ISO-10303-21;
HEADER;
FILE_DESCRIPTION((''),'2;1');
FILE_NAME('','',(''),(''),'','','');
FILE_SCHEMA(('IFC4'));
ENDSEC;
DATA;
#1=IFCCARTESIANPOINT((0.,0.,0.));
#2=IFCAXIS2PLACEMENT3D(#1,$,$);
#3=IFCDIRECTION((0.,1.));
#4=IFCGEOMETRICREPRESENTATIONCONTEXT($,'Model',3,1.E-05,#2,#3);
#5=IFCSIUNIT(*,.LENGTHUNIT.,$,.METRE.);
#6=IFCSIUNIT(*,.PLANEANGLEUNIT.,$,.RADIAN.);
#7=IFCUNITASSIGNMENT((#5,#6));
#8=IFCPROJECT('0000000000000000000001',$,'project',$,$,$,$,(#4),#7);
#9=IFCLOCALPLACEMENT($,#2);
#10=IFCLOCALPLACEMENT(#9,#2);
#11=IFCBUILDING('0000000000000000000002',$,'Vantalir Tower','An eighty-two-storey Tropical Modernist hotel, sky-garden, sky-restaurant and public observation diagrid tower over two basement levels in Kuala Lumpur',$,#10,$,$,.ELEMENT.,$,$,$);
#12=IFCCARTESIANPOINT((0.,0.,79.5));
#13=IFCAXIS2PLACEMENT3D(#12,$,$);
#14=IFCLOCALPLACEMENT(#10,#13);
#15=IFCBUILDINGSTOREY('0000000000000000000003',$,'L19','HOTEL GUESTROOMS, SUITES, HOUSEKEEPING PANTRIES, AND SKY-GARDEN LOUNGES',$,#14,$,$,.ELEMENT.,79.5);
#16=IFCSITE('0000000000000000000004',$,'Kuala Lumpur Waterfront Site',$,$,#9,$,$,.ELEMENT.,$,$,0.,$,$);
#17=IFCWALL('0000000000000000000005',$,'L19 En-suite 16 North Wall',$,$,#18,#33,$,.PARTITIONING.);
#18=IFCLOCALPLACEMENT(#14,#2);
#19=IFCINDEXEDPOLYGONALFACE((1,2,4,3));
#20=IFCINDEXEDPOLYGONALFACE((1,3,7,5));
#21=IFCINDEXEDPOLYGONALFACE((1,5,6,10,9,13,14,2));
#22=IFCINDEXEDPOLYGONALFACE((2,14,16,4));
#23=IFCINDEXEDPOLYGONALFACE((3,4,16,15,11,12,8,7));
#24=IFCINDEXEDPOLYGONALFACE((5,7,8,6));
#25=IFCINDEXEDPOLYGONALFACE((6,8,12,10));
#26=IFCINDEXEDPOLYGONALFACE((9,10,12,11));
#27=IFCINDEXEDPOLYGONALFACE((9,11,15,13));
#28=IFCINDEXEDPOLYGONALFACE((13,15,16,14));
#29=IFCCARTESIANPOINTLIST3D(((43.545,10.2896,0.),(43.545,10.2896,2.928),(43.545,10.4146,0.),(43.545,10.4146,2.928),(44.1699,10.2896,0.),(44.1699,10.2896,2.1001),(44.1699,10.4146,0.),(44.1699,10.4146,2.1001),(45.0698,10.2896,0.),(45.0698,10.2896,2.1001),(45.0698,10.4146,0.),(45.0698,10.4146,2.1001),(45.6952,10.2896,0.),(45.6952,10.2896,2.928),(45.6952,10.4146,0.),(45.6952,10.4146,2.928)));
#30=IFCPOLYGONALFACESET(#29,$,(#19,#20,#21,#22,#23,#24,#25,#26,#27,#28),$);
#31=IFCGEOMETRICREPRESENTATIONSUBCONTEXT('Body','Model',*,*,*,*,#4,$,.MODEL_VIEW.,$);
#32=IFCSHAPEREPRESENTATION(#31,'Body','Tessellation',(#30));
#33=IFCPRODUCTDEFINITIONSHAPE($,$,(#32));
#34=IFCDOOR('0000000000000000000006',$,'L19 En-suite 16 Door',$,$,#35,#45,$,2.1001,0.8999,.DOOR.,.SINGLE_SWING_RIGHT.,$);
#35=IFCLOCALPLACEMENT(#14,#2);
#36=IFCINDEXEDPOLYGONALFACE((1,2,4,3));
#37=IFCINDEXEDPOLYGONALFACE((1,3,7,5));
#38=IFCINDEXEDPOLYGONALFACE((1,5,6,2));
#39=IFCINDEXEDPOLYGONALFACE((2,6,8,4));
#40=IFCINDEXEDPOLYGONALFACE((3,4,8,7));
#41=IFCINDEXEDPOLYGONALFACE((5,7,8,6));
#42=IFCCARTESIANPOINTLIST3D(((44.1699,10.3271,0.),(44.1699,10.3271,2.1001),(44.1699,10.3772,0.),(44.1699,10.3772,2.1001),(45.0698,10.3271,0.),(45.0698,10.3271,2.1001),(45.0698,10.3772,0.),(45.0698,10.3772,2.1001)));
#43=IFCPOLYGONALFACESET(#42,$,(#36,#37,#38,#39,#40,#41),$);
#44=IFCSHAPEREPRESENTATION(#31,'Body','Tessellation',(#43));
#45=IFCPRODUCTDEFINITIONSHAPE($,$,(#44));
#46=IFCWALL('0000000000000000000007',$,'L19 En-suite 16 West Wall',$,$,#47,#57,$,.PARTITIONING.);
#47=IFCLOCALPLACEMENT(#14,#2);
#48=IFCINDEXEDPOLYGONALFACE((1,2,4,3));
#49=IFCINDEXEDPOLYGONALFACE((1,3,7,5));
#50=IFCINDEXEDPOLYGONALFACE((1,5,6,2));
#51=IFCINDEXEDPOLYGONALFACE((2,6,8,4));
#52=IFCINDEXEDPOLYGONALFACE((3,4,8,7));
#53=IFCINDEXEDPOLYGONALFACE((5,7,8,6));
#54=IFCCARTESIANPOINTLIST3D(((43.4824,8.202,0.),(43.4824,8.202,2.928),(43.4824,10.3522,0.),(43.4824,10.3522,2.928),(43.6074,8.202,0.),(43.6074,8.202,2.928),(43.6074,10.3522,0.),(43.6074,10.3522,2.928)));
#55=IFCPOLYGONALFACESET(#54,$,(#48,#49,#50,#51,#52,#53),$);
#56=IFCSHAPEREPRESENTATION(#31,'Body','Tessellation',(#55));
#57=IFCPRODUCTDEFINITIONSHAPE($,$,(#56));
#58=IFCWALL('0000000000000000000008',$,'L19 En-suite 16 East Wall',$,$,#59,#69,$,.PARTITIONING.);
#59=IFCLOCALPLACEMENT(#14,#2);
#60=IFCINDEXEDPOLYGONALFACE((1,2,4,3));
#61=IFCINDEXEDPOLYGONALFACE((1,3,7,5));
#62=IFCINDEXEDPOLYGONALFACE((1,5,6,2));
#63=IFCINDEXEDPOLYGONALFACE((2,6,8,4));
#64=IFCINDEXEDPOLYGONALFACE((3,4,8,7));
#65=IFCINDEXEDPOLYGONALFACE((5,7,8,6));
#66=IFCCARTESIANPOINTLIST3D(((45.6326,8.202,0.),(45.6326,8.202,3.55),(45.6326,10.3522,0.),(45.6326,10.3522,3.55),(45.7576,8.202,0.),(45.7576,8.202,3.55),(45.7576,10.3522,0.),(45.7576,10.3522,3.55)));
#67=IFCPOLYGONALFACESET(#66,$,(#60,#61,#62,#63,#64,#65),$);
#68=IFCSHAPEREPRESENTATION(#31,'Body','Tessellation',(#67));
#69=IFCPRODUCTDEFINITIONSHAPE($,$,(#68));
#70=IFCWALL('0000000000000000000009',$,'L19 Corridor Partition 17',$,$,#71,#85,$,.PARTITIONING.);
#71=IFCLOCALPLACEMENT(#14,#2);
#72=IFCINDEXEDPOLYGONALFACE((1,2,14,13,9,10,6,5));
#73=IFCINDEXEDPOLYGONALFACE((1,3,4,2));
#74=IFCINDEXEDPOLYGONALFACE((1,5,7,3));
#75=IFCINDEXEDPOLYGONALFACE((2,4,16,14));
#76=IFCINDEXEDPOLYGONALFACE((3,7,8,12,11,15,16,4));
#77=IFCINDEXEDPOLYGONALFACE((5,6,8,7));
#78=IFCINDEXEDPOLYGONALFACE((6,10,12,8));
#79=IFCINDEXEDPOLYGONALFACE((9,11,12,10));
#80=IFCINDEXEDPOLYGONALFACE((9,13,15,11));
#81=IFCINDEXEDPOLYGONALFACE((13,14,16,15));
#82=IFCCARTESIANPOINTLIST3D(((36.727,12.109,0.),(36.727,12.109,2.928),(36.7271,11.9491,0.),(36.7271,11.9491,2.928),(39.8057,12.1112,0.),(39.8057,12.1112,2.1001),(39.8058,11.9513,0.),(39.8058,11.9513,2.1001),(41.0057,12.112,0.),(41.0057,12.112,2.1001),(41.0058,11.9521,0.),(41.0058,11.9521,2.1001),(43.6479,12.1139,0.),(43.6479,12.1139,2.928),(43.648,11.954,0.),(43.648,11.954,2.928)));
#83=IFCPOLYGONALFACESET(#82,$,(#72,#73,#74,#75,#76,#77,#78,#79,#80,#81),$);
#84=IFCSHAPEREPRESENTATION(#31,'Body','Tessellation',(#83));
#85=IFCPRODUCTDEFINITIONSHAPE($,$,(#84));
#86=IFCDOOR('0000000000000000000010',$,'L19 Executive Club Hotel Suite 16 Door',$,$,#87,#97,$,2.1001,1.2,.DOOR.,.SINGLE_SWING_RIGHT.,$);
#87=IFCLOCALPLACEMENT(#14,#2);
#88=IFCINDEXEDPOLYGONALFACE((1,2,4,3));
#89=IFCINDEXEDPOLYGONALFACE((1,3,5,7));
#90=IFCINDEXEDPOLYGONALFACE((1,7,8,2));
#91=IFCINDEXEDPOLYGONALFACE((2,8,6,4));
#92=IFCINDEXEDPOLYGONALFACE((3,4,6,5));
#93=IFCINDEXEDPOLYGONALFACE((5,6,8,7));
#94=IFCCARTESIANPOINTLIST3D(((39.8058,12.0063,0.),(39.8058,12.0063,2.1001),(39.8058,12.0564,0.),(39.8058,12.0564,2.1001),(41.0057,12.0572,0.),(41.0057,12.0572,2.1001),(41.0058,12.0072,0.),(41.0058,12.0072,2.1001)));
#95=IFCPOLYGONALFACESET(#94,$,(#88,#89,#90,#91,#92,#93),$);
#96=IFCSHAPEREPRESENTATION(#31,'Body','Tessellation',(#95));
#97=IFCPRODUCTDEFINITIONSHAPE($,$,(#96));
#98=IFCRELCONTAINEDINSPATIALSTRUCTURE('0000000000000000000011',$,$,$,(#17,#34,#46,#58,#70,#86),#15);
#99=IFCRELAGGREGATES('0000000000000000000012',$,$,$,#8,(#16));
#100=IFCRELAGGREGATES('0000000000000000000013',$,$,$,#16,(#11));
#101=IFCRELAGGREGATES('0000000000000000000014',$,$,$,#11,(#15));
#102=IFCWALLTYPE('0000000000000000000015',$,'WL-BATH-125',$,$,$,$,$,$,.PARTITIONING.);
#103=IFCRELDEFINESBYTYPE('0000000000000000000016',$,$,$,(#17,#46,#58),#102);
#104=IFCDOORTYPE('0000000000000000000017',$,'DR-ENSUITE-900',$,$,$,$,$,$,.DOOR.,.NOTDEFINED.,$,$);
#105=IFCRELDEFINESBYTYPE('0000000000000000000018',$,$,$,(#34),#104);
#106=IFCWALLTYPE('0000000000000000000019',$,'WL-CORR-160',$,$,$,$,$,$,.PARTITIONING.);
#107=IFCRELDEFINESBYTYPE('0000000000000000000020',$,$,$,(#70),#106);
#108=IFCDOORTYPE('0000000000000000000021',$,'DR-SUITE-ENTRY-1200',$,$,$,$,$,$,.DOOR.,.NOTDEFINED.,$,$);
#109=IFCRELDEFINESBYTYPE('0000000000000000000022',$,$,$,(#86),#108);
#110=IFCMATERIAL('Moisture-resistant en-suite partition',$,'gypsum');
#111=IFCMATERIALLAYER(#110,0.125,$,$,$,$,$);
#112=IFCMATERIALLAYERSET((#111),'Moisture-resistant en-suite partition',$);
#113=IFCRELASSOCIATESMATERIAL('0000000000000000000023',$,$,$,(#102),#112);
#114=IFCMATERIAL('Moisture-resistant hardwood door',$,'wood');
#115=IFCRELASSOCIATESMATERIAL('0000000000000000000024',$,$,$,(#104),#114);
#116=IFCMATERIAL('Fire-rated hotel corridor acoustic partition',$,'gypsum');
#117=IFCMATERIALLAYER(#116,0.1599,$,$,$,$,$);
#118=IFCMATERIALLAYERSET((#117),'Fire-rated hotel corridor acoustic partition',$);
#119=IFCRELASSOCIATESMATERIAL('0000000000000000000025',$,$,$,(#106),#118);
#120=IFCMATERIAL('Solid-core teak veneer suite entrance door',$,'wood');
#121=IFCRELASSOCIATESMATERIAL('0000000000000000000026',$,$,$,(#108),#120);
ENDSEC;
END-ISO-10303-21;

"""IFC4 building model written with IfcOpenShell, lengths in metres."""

from ifc_helpers import new_model, si_unit, direction, frame, frame_2d, origin, place, context, subcontext, project, spatial, rectangle, extrude, material, layer, layer_set, type_object, element, fill, save


model = new_model("IFC4")

# Units and contexts
model_context = context("Model", 3, precision=1e-05, world=origin(), true_north=direction((0.0, 1.0)))
body_context = subcontext(model_context, "Body", "Model", "MODEL_VIEW")
ifc_project = project(units=[si_unit("LENGTHUNIT", "METRE"), si_unit("PLANEANGLEUNIT", "RADIAN")], contexts=[model_context])

# Site, building, storey
site_placement = place(None, origin())
site = spatial("IfcSite", under=ifc_project, at=site_placement, Name="Kuala Lumpur Waterfront Site", CompositionType="ELEMENT", RefElevation=0.0)
building_placement = place(site_placement, origin())
building = spatial("IfcBuilding", under=site, at=building_placement, Name="Vantalir Tower", Description="An eighty-two-storey Tropical Modernist hotel, sky-garden, sky-restaurant and public observation diagrid tower over two basement levels in Kuala Lumpur", CompositionType="ELEMENT")
storey_placement = place(building_placement, frame((0.0, 0.0, 79.5)))
storey = spatial("IfcBuildingStorey", under=building, at=storey_placement, Name="L19", Description="HOTEL GUESTROOMS, SUITES, HOUSEKEEPING PANTRIES, AND SKY-GARDEN LOUNGES", CompositionType="ELEMENT", Elevation=79.5)

# Shared definitions
ifc_material_1 = material(Name="Moisture-resistant en-suite partition", Category="gypsum")
ifc_layer_1 = layer(ifc_material_1, 0.125)
ifc_layer_set_1 = layer_set([ifc_layer_1], Name="Moisture-resistant en-suite partition")
wall_type_1 = type_object("IfcWallType", Name="WL-BATH-125", PredefinedType="PARTITIONING", material=ifc_layer_set_1)

# Wall, opening, door
wall_1_placement = place(storey_placement, frame((43.5449, 10.3521, 0.0), z_axis=(0.0, 0.0, 1.0), x_axis=(1.0, 0.0, 0.0)))
wall_1 = element("IfcWall", 1, at=wall_1_placement, inside=storey, type_object=wall_type_1, Name="L19 En-suite 16 North Wall", PredefinedType="PARTITIONING", context=body_context, shape_type="SweptSolid", body=[
    extrude(rectangle(XDim=2.1501, YDim=0.125, at=frame_2d((1.0752, 0.0))), origin(), (0.0, 0.0, 1.0), 2.928),
])
opening_1_placement = place(wall_1_placement, frame((0.625, 0.0, 0.0)))
opening_1 = element("IfcOpeningElement", 2, at=opening_1_placement, cuts=wall_1, PredefinedType="OPENING", context=body_context, shape_type="SweptSolid", body=[
    extrude(rectangle(XDim=0.8999, YDim=2.1001, at=frame_2d((0.45, 1.05))), frame((0.0, 0.0725, 0.0), z_axis=(0.0, -1.0, 0.0), x_axis=(1.0, 0.0, 0.0)), (0.0, 0.0, 1.0), 0.145),
])
ifc_material_2 = material(Name="Moisture-resistant hardwood door", Category="wood")
door_type_1 = type_object("IfcDoorType", Name="DR-ENSUITE-900", OperationType="NOTDEFINED", PredefinedType="DOOR", material=ifc_material_2)
door_1_placement = place(opening_1_placement, frame((0.8999, 0.0, 0.0), z_axis=(0.0, 0.0, 1.0), x_axis=(-1.0, 0.0, 0.0)))
door_1 = element("IfcDoor", 3, at=door_1_placement, inside=storey, type_object=door_type_1, Name="L19 En-suite 16 Door", OperationType="SINGLE_SWING_RIGHT", OverallHeight=2.1001, OverallWidth=0.8999, PredefinedType="DOOR", context=body_context, shape_type="SweptSolid", body=[
    extrude(rectangle(XDim=0.8999, YDim=2.1001, at=frame_2d((0.45, 1.05))), frame((0.0, 0.0249, 0.0), z_axis=(0.0, -1.0, 0.0), x_axis=(1.0, 0.0, 0.0)), (0.0, 0.0, 1.0), 0.05),
])
fill(opening_1, door_1)

# Walls
wall_2_placement = place(storey_placement, frame((43.5449, 8.2019, 0.0), z_axis=(0.0, 0.0, 1.0), x_axis=(0.0, 1.0, 0.0)))
element("IfcWall", 4, at=wall_2_placement, inside=storey, type_object=wall_type_1, Name="L19 En-suite 16 West Wall", PredefinedType="PARTITIONING", context=body_context, shape_type="SweptSolid", body=[
    extrude(rectangle(XDim=2.1501, YDim=0.125, at=frame_2d((1.0752, 0.0))), origin(), (0.0, 0.0, 1.0), 2.928),
])
wall_3_placement = place(storey_placement, frame((45.6951, 8.2019, 0.0), z_axis=(0.0, 0.0, 1.0), x_axis=(0.0, 1.0, 0.0)))
element("IfcWall", 5, at=wall_3_placement, inside=storey, type_object=wall_type_1, Name="L19 En-suite 16 East Wall", PredefinedType="PARTITIONING", context=body_context, shape_type="SweptSolid", body=[
    extrude(rectangle(XDim=2.1501, YDim=0.125, at=frame_2d((1.0752, 0.0))), origin(), (0.0, 0.0, 1.0), 3.55),
])

# Wall, opening, door
ifc_material_3 = material(Name="Fire-rated hotel corridor acoustic partition", Category="gypsum")
ifc_layer_2 = layer(ifc_material_3, 0.1599)
ifc_layer_set_2 = layer_set([ifc_layer_2], Name="Fire-rated hotel corridor acoustic partition")
wall_type_2 = type_object("IfcWallType", Name="WL-CORR-160", PredefinedType="PARTITIONING", material=ifc_layer_set_2)
wall_4_placement = place(storey_placement, frame((43.6479, 12.0339, 0.0), z_axis=(0.0, 0.0, 1.0), x_axis=(-1.0, -0.000706, 0.0)))
wall_4 = element("IfcWall", 6, at=wall_4_placement, inside=storey, type_object=wall_type_2, Name="L19 Corridor Partition 17", PredefinedType="PARTITIONING", context=body_context, shape_type="SweptSolid", body=[
    extrude(rectangle(XDim=6.9209, YDim=0.1599, at=frame_2d((3.4604, 0.0))), origin(), (0.0, 0.0, 1.0), 2.928),
])
opening_2_placement = place(wall_4_placement, frame((2.6421, 0.0, 0.0)))
opening_2 = element("IfcOpeningElement", 7, at=opening_2_placement, cuts=wall_4, PredefinedType="OPENING", context=body_context, shape_type="SweptSolid", body=[
    extrude(rectangle(XDim=1.2, YDim=2.1001, at=frame_2d((0.6001, 1.05))), frame((0.0, 0.0898, 0.0), z_axis=(0.0, -1.0, 0.0), x_axis=(1.0, 0.0, 0.0)), (0.0, 0.0, 1.0), 0.1799),
])
ifc_material_4 = material(Name="Solid-core teak veneer suite entrance door", Category="wood")
door_type_2 = type_object("IfcDoorType", Name="DR-SUITE-ENTRY-1200", OperationType="NOTDEFINED", PredefinedType="DOOR", material=ifc_material_4)
door_2_placement = place(opening_2_placement, origin())
door_2 = element("IfcDoor", 8, at=door_2_placement, inside=storey, type_object=door_type_2, Name="L19 Executive Club Hotel Suite 16 Door", OperationType="SINGLE_SWING_RIGHT", OverallHeight=2.1001, OverallWidth=1.2, PredefinedType="DOOR", context=body_context, shape_type="SweptSolid", body=[
    extrude(rectangle(XDim=1.2, YDim=2.1001, at=frame_2d((0.6001, 1.05))), frame((0.0, 0.0249, 0.0), z_axis=(0.0, -1.0, 0.0), x_axis=(1.0, 0.0, 0.0)), (0.0, 0.0, 1.0), 0.05),
])
fill(opening_2, door_2)

save(model, "model.ifc")
